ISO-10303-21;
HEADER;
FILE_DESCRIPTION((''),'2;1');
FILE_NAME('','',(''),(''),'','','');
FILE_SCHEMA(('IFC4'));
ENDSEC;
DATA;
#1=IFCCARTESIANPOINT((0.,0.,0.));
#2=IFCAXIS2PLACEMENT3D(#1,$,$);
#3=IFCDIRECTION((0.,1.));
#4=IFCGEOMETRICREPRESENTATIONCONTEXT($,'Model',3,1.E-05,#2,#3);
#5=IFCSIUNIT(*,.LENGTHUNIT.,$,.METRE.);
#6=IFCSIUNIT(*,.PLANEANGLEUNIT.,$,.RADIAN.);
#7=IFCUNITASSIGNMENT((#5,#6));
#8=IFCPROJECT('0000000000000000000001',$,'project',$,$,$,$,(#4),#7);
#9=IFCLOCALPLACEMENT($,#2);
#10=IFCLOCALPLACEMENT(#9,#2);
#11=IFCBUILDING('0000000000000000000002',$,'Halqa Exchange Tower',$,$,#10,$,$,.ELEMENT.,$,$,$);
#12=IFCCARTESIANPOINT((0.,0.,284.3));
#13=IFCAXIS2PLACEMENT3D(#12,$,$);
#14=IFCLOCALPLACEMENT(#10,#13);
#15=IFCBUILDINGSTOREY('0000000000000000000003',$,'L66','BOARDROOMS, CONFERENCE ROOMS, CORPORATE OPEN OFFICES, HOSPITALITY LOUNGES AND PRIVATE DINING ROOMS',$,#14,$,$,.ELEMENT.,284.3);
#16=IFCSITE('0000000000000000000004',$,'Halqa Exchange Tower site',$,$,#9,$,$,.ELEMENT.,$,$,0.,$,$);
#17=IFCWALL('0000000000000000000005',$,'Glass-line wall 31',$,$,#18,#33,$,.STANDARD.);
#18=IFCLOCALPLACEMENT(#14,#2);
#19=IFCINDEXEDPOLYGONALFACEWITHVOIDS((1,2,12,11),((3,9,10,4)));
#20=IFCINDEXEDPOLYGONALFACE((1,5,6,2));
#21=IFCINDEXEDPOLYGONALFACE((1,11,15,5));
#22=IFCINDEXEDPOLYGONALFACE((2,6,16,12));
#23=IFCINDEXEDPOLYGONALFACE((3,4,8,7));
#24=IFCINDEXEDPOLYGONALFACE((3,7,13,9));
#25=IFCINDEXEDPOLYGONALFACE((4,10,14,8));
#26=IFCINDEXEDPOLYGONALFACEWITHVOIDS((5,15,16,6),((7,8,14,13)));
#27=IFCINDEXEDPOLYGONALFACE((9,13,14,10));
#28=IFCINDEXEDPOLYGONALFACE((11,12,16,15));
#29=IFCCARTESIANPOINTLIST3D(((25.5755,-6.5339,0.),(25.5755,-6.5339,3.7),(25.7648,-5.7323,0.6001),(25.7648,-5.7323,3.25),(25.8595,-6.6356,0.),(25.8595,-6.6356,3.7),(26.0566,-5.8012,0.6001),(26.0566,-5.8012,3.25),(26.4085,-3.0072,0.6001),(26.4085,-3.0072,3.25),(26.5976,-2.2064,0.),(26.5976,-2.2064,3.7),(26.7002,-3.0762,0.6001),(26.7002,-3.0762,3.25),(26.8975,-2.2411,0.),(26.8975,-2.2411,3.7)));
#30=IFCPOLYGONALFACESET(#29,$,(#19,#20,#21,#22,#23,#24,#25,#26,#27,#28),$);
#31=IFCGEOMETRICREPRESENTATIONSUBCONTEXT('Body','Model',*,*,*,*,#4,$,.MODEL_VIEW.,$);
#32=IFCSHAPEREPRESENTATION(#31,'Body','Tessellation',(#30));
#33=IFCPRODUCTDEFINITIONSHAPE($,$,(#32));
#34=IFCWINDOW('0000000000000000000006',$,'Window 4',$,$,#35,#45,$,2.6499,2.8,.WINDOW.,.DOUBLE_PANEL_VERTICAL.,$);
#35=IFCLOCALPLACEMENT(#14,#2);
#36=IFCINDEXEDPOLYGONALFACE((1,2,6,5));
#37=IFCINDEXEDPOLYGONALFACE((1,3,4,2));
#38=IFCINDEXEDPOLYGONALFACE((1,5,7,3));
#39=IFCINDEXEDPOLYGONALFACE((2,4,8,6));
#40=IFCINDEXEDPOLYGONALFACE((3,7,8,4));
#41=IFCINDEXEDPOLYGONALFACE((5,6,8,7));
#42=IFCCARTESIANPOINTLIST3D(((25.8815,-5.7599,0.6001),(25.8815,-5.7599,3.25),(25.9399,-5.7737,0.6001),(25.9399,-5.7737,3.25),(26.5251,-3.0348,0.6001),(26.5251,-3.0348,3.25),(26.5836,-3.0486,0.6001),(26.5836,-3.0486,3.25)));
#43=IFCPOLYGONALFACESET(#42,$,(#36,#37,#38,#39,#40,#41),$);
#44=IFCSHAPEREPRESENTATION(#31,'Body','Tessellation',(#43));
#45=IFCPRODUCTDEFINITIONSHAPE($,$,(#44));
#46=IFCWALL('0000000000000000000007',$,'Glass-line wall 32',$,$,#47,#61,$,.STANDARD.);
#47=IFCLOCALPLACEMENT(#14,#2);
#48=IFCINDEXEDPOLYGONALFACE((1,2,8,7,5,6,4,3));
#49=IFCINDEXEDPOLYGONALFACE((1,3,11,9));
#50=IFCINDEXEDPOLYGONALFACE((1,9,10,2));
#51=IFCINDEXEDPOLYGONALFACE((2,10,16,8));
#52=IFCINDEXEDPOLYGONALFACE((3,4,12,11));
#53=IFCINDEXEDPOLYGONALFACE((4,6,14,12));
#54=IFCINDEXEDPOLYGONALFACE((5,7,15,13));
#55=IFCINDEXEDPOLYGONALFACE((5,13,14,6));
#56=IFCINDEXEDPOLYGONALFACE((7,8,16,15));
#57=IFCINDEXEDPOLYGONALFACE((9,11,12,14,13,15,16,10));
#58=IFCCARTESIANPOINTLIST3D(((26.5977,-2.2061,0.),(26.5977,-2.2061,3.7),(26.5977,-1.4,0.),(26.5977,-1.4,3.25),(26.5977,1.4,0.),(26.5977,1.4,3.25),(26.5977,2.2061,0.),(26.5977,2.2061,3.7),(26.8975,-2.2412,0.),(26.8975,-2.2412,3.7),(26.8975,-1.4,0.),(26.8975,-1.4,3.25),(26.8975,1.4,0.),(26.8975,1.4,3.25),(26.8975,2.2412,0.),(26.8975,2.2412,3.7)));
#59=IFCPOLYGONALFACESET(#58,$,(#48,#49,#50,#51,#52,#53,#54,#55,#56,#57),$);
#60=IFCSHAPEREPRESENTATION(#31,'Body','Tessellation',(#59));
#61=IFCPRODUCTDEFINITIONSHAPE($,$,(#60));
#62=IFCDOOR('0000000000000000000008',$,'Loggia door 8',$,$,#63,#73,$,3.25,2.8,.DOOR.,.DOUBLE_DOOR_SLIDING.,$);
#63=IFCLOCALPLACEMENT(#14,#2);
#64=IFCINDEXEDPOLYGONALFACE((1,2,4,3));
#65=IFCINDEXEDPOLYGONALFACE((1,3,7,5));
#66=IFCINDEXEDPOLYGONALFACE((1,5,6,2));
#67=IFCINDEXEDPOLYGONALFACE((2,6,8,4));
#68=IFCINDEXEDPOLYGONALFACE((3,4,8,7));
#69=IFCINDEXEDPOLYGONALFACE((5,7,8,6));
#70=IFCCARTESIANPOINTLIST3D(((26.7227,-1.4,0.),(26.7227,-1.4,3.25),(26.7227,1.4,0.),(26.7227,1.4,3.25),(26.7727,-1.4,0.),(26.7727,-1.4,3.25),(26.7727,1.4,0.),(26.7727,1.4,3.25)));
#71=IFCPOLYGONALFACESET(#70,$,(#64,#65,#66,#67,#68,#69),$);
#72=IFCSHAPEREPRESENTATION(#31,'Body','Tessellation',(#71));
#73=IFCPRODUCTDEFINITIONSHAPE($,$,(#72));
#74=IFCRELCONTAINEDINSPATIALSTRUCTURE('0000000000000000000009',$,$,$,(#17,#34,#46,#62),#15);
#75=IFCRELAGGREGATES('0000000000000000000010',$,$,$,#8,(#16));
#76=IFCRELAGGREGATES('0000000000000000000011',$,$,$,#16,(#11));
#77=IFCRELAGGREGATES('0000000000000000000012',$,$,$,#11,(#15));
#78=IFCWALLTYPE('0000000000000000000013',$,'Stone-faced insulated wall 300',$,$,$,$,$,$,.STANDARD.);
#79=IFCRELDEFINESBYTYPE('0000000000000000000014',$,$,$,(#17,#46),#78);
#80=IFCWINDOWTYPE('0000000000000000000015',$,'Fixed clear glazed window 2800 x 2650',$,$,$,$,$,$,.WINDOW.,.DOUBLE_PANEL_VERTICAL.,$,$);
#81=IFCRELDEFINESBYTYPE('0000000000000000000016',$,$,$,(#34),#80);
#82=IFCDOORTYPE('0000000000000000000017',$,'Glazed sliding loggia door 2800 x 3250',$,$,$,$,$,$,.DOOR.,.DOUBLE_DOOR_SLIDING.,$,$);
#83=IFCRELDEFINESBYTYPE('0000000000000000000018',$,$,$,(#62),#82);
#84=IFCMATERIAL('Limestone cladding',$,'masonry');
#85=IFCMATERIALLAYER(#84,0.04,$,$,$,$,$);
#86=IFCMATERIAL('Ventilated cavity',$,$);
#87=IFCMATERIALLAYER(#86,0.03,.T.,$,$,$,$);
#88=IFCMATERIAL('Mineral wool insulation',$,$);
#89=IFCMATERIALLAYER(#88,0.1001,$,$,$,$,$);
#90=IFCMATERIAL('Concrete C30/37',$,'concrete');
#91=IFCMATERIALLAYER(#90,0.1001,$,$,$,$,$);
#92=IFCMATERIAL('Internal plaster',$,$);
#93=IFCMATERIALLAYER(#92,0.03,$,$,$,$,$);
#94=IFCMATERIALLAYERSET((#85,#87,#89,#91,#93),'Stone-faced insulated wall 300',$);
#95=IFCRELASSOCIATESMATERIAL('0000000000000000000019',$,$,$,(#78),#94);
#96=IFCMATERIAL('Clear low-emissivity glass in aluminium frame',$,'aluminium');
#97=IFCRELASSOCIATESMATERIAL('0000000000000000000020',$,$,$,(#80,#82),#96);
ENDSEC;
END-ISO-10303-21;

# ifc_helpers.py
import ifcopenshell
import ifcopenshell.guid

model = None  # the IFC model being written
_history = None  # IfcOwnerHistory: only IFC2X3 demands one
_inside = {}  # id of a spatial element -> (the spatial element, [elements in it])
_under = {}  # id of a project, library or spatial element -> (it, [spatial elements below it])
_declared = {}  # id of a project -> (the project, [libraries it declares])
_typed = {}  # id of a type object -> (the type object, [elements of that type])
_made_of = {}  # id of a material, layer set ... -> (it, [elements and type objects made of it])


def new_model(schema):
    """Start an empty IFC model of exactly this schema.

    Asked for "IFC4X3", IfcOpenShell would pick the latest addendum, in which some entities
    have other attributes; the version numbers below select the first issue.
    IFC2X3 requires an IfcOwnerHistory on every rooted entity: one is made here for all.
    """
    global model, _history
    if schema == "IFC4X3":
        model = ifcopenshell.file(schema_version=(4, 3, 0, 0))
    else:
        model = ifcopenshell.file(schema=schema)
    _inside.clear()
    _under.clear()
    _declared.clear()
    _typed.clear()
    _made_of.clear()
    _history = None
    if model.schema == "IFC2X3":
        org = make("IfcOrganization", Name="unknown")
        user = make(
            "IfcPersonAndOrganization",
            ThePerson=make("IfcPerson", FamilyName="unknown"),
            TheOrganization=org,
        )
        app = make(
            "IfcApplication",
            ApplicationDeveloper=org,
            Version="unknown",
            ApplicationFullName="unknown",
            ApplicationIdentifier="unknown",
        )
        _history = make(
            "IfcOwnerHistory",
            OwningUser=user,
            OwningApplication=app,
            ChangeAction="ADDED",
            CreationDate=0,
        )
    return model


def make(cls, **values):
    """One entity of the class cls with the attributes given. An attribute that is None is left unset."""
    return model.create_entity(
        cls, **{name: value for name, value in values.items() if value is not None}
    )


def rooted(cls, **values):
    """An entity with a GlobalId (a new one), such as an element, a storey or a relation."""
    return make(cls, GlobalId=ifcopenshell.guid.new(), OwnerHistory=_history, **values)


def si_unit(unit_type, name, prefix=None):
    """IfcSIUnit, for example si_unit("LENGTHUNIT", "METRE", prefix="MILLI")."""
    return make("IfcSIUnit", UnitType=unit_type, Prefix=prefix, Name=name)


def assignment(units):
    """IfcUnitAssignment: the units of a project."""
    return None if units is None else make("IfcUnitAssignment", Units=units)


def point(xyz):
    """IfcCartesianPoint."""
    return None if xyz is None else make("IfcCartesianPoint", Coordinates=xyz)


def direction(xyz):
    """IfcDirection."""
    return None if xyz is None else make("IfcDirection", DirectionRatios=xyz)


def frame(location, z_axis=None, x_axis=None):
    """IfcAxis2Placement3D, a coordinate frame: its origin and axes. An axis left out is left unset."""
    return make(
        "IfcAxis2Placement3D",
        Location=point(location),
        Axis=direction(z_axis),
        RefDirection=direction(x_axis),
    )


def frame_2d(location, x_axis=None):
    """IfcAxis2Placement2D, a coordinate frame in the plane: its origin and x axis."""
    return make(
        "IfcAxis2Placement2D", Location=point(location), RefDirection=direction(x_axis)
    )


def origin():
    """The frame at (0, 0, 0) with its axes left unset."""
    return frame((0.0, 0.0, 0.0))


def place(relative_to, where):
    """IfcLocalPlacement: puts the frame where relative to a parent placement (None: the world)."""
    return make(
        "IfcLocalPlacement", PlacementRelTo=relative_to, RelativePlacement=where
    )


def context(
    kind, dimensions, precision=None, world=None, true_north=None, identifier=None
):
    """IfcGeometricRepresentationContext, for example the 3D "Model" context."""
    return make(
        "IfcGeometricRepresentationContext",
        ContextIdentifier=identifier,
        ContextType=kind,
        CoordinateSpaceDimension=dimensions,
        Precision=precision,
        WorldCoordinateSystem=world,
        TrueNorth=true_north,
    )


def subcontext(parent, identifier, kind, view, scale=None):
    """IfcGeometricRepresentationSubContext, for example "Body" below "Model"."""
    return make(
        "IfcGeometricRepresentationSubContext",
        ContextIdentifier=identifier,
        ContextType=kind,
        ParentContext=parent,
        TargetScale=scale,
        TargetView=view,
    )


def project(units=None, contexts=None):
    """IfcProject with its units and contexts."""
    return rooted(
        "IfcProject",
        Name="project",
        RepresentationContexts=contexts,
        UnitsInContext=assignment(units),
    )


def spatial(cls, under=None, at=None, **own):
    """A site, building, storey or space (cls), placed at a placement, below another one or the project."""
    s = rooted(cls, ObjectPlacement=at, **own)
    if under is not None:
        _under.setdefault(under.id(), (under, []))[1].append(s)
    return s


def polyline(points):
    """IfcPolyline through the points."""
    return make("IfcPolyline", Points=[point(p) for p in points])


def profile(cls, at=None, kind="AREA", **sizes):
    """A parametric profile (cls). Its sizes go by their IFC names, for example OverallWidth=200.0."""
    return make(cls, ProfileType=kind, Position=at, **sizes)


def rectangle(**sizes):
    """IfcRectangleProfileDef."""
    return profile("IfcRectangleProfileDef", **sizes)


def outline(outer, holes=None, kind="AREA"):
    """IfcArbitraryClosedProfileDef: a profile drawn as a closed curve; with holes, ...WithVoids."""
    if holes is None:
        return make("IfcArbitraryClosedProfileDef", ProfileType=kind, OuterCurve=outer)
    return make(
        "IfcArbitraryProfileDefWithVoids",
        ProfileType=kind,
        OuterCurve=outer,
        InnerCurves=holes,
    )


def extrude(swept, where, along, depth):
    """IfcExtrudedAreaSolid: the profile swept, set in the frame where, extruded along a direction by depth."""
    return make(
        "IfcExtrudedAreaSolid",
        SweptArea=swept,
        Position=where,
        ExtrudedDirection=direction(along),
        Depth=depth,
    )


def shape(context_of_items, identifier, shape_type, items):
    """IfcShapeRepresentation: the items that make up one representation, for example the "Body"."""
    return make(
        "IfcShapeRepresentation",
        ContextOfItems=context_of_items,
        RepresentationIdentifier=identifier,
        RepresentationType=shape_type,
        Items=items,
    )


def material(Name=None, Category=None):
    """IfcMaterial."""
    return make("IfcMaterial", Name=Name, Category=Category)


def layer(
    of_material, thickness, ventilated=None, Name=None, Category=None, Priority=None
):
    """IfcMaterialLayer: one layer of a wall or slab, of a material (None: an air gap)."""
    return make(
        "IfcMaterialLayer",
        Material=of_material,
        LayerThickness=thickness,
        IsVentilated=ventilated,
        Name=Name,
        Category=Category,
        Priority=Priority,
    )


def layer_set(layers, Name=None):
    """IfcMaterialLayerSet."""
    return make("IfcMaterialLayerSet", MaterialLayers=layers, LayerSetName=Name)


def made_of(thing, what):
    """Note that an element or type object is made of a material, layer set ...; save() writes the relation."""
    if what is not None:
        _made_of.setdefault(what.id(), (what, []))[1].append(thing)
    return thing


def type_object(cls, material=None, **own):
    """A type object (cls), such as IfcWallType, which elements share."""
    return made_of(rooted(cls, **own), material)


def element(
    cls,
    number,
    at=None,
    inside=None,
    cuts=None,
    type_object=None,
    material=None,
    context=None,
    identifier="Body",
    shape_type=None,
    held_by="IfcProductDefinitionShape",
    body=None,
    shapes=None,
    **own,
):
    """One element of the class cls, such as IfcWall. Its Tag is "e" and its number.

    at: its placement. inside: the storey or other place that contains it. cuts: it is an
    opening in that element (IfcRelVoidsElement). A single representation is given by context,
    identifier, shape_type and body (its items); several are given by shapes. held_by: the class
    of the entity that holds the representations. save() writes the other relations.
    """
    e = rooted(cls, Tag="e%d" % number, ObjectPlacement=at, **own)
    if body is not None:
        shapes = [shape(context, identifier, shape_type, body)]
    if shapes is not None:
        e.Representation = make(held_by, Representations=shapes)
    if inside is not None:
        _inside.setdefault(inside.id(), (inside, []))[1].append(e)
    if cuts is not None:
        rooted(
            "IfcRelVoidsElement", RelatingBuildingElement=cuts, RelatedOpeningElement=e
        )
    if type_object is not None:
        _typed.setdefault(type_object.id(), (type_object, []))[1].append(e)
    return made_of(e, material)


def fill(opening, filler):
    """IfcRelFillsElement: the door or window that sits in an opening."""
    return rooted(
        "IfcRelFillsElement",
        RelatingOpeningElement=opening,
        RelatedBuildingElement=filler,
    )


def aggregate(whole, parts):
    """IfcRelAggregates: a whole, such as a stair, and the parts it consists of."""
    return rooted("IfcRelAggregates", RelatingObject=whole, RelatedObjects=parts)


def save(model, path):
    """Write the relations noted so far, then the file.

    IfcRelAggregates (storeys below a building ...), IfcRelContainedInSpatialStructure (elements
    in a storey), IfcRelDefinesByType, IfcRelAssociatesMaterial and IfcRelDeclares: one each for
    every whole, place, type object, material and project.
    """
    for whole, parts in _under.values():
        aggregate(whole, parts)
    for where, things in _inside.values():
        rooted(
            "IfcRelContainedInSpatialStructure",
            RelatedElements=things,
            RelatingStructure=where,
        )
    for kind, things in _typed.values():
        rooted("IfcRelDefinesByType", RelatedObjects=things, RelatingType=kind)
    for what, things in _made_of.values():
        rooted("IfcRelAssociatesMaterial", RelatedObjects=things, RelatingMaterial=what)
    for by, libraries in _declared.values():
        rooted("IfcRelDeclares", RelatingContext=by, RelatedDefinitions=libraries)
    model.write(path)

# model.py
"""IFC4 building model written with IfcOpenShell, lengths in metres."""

from ifc_helpers import new_model, si_unit, direction, frame, frame_2d, origin, place, context, subcontext, project, spatial, polyline, rectangle, outline, extrude, material, layer, layer_set, type_object, element, fill, save


model = new_model("IFC4")

# Units and contexts
model_context = context("Model", 3, precision=1e-05, world=origin(), true_north=direction((0.0, 1.0)))
body_context = subcontext(model_context, "Body", "Model", "MODEL_VIEW")
ifc_project = project(units=[si_unit("LENGTHUNIT", "METRE"), si_unit("PLANEANGLEUNIT", "RADIAN")], contexts=[model_context])

# Site, building, storey
site_placement = place(None, origin())
site = spatial("IfcSite", under=ifc_project, at=site_placement, Name="Halqa Exchange Tower site", CompositionType="ELEMENT", RefElevation=0.0)
building_placement = place(site_placement, origin())
building = spatial("IfcBuilding", under=site, at=building_placement, Name="Halqa Exchange Tower", CompositionType="ELEMENT")
storey_placement = place(building_placement, frame((0.0, 0.0, 284.3)))
storey = spatial("IfcBuildingStorey", under=building, at=storey_placement, Name="L66", Description="BOARDROOMS, CONFERENCE ROOMS, CORPORATE OPEN OFFICES, HOSPITALITY LOUNGES AND PRIVATE DINING ROOMS", CompositionType="ELEMENT", Elevation=284.3)

# Wall, opening, window
ifc_material_1 = material(Name="Limestone cladding", Category="masonry")
ifc_layer_1 = layer(ifc_material_1, 0.04)
ifc_material_2 = material(Name="Ventilated cavity")
ifc_layer_2 = layer(ifc_material_2, 0.03, ventilated=True)
ifc_material_3 = material(Name="Mineral wool insulation")
ifc_layer_3 = layer(ifc_material_3, 0.1001)
ifc_material_4 = material(Name="Concrete C30/37", Category="concrete")
ifc_layer_4 = layer(ifc_material_4, 0.1001)
ifc_material_5 = material(Name="Internal plaster")
ifc_layer_5 = layer(ifc_material_5, 0.03)
ifc_layer_set_1 = layer_set([ifc_layer_1, ifc_layer_2, ifc_layer_3, ifc_layer_4, ifc_layer_5], Name="Stone-faced insulated wall 300")
wall_type_1 = type_object("IfcWallType", Name="Stone-faced insulated wall 300", PredefinedType="STANDARD", material=ifc_layer_set_1)
ifc_material_6 = material(Name="Clear low-emissivity glass in aluminium frame", Category="aluminium")
window_type = type_object("IfcWindowType", Name="Fixed clear glazed window 2800 x 2650", PartitioningType="DOUBLE_PANEL_VERTICAL", PredefinedType="WINDOW", material=ifc_material_6)
wall_1_placement = place(storey_placement, frame((25.7175, -6.5847, 0.0), z_axis=(0.0, 0.0, 1.0), x_axis=(0.229862, 0.973223, 0.0)))
wall_1 = element("IfcWall", 1, at=wall_1_placement, inside=storey, type_object=wall_type_1, Name="Glass-line wall 31", PredefinedType="STANDARD", context=body_context, shape_type="SweptSolid", body=[
    extrude(outline(polyline([(-0.0168, -0.1499), (4.4985, -0.1499), (4.4634, 0.1499), (0.0168, 0.1499), (-0.0168, -0.1499)])), origin(), (0.0, 0.0, 1.0), 3.7),
])
opening_1_placement = place(wall_1_placement, frame((0.8406, 0.0, 0.6001)))
opening_1 = element("IfcOpeningElement", 2, at=opening_1_placement, cuts=wall_1, PredefinedType="OPENING", context=body_context, shape_type="SweptSolid", body=[
    extrude(rectangle(XDim=2.8, YDim=2.6499, at=frame_2d((1.3999, 1.325))), frame((0.0, 0.1621, 0.0), z_axis=(0.0, -1.0, 0.0), x_axis=(1.0, 0.0, 0.0)), (0.0, 0.0, 1.0), 0.324),
])
window_1_placement = place(opening_1_placement, origin())
window_1 = element("IfcWindow", 3, at=window_1_placement, inside=storey, type_object=window_type, Name="Window 4", OverallHeight=2.6499, OverallWidth=2.8, PartitioningType="DOUBLE_PANEL_VERTICAL", PredefinedType="WINDOW", context=body_context, shape_type="SweptSolid", body=[
    extrude(rectangle(XDim=2.8, YDim=2.6499, at=frame_2d((1.3999, 1.325))), frame((0.0, 0.03, 0.0), z_axis=(0.0, -1.0, 0.0), x_axis=(1.0, 0.0, 0.0)), (0.0, 0.0, 1.0), 0.0601),
])
fill(opening_1, window_1)

# Wall, opening, door
wall_2_placement = place(storey_placement, frame((26.7476, -2.2236, 0.0), z_axis=(0.0, 0.0, 1.0), x_axis=(0.0, 1.0, 0.0)))
wall_2 = element("IfcWall", 4, at=wall_2_placement, inside=storey, type_object=wall_type_1, Name="Glass-line wall 32", PredefinedType="STANDARD", context=body_context, shape_type="SweptSolid", body=[
    extrude(outline(polyline([(-0.0176, -0.1499), (4.4648, -0.1499), (4.4297, 0.1499), (0.0176, 0.1499), (-0.0176, -0.1499)])), origin(), (0.0, 0.0, 1.0), 3.7),
])
opening_2_placement = place(wall_2_placement, frame((0.8237, 0.0, 0.0)))
opening_2 = element("IfcOpeningElement", 5, at=opening_2_placement, cuts=wall_2, PredefinedType="OPENING", context=body_context, shape_type="SweptSolid", body=[
    extrude(rectangle(XDim=2.8, YDim=3.25, at=frame_2d((1.3999, 1.625))), frame((0.0, 0.1621, 0.0), z_axis=(0.0, -1.0, 0.0), x_axis=(1.0, 0.0, 0.0)), (0.0, 0.0, 1.0), 0.324),
])
door_type = type_object("IfcDoorType", Name="Glazed sliding loggia door 2800 x 3250", OperationType="DOUBLE_DOOR_SLIDING", PredefinedType="DOOR", material=ifc_material_6)
door_placement = place(opening_2_placement, origin())
door = element("IfcDoor", 6, at=door_placement, inside=storey, type_object=door_type, Name="Loggia door 8", OperationType="DOUBLE_DOOR_SLIDING", OverallHeight=3.25, OverallWidth=2.8, PredefinedType="DOOR", context=body_context, shape_type="SweptSolid", body=[
    extrude(rectangle(XDim=2.8, YDim=3.25, at=frame_2d((1.3999, 1.625))), frame((0.0, 0.0249, 0.0), z_axis=(0.0, -1.0, 0.0), x_axis=(1.0, 0.0, 0.0)), (0.0, 0.0, 1.0), 0.05),
])
fill(opening_2, door)

save(model, "model.ifc")
